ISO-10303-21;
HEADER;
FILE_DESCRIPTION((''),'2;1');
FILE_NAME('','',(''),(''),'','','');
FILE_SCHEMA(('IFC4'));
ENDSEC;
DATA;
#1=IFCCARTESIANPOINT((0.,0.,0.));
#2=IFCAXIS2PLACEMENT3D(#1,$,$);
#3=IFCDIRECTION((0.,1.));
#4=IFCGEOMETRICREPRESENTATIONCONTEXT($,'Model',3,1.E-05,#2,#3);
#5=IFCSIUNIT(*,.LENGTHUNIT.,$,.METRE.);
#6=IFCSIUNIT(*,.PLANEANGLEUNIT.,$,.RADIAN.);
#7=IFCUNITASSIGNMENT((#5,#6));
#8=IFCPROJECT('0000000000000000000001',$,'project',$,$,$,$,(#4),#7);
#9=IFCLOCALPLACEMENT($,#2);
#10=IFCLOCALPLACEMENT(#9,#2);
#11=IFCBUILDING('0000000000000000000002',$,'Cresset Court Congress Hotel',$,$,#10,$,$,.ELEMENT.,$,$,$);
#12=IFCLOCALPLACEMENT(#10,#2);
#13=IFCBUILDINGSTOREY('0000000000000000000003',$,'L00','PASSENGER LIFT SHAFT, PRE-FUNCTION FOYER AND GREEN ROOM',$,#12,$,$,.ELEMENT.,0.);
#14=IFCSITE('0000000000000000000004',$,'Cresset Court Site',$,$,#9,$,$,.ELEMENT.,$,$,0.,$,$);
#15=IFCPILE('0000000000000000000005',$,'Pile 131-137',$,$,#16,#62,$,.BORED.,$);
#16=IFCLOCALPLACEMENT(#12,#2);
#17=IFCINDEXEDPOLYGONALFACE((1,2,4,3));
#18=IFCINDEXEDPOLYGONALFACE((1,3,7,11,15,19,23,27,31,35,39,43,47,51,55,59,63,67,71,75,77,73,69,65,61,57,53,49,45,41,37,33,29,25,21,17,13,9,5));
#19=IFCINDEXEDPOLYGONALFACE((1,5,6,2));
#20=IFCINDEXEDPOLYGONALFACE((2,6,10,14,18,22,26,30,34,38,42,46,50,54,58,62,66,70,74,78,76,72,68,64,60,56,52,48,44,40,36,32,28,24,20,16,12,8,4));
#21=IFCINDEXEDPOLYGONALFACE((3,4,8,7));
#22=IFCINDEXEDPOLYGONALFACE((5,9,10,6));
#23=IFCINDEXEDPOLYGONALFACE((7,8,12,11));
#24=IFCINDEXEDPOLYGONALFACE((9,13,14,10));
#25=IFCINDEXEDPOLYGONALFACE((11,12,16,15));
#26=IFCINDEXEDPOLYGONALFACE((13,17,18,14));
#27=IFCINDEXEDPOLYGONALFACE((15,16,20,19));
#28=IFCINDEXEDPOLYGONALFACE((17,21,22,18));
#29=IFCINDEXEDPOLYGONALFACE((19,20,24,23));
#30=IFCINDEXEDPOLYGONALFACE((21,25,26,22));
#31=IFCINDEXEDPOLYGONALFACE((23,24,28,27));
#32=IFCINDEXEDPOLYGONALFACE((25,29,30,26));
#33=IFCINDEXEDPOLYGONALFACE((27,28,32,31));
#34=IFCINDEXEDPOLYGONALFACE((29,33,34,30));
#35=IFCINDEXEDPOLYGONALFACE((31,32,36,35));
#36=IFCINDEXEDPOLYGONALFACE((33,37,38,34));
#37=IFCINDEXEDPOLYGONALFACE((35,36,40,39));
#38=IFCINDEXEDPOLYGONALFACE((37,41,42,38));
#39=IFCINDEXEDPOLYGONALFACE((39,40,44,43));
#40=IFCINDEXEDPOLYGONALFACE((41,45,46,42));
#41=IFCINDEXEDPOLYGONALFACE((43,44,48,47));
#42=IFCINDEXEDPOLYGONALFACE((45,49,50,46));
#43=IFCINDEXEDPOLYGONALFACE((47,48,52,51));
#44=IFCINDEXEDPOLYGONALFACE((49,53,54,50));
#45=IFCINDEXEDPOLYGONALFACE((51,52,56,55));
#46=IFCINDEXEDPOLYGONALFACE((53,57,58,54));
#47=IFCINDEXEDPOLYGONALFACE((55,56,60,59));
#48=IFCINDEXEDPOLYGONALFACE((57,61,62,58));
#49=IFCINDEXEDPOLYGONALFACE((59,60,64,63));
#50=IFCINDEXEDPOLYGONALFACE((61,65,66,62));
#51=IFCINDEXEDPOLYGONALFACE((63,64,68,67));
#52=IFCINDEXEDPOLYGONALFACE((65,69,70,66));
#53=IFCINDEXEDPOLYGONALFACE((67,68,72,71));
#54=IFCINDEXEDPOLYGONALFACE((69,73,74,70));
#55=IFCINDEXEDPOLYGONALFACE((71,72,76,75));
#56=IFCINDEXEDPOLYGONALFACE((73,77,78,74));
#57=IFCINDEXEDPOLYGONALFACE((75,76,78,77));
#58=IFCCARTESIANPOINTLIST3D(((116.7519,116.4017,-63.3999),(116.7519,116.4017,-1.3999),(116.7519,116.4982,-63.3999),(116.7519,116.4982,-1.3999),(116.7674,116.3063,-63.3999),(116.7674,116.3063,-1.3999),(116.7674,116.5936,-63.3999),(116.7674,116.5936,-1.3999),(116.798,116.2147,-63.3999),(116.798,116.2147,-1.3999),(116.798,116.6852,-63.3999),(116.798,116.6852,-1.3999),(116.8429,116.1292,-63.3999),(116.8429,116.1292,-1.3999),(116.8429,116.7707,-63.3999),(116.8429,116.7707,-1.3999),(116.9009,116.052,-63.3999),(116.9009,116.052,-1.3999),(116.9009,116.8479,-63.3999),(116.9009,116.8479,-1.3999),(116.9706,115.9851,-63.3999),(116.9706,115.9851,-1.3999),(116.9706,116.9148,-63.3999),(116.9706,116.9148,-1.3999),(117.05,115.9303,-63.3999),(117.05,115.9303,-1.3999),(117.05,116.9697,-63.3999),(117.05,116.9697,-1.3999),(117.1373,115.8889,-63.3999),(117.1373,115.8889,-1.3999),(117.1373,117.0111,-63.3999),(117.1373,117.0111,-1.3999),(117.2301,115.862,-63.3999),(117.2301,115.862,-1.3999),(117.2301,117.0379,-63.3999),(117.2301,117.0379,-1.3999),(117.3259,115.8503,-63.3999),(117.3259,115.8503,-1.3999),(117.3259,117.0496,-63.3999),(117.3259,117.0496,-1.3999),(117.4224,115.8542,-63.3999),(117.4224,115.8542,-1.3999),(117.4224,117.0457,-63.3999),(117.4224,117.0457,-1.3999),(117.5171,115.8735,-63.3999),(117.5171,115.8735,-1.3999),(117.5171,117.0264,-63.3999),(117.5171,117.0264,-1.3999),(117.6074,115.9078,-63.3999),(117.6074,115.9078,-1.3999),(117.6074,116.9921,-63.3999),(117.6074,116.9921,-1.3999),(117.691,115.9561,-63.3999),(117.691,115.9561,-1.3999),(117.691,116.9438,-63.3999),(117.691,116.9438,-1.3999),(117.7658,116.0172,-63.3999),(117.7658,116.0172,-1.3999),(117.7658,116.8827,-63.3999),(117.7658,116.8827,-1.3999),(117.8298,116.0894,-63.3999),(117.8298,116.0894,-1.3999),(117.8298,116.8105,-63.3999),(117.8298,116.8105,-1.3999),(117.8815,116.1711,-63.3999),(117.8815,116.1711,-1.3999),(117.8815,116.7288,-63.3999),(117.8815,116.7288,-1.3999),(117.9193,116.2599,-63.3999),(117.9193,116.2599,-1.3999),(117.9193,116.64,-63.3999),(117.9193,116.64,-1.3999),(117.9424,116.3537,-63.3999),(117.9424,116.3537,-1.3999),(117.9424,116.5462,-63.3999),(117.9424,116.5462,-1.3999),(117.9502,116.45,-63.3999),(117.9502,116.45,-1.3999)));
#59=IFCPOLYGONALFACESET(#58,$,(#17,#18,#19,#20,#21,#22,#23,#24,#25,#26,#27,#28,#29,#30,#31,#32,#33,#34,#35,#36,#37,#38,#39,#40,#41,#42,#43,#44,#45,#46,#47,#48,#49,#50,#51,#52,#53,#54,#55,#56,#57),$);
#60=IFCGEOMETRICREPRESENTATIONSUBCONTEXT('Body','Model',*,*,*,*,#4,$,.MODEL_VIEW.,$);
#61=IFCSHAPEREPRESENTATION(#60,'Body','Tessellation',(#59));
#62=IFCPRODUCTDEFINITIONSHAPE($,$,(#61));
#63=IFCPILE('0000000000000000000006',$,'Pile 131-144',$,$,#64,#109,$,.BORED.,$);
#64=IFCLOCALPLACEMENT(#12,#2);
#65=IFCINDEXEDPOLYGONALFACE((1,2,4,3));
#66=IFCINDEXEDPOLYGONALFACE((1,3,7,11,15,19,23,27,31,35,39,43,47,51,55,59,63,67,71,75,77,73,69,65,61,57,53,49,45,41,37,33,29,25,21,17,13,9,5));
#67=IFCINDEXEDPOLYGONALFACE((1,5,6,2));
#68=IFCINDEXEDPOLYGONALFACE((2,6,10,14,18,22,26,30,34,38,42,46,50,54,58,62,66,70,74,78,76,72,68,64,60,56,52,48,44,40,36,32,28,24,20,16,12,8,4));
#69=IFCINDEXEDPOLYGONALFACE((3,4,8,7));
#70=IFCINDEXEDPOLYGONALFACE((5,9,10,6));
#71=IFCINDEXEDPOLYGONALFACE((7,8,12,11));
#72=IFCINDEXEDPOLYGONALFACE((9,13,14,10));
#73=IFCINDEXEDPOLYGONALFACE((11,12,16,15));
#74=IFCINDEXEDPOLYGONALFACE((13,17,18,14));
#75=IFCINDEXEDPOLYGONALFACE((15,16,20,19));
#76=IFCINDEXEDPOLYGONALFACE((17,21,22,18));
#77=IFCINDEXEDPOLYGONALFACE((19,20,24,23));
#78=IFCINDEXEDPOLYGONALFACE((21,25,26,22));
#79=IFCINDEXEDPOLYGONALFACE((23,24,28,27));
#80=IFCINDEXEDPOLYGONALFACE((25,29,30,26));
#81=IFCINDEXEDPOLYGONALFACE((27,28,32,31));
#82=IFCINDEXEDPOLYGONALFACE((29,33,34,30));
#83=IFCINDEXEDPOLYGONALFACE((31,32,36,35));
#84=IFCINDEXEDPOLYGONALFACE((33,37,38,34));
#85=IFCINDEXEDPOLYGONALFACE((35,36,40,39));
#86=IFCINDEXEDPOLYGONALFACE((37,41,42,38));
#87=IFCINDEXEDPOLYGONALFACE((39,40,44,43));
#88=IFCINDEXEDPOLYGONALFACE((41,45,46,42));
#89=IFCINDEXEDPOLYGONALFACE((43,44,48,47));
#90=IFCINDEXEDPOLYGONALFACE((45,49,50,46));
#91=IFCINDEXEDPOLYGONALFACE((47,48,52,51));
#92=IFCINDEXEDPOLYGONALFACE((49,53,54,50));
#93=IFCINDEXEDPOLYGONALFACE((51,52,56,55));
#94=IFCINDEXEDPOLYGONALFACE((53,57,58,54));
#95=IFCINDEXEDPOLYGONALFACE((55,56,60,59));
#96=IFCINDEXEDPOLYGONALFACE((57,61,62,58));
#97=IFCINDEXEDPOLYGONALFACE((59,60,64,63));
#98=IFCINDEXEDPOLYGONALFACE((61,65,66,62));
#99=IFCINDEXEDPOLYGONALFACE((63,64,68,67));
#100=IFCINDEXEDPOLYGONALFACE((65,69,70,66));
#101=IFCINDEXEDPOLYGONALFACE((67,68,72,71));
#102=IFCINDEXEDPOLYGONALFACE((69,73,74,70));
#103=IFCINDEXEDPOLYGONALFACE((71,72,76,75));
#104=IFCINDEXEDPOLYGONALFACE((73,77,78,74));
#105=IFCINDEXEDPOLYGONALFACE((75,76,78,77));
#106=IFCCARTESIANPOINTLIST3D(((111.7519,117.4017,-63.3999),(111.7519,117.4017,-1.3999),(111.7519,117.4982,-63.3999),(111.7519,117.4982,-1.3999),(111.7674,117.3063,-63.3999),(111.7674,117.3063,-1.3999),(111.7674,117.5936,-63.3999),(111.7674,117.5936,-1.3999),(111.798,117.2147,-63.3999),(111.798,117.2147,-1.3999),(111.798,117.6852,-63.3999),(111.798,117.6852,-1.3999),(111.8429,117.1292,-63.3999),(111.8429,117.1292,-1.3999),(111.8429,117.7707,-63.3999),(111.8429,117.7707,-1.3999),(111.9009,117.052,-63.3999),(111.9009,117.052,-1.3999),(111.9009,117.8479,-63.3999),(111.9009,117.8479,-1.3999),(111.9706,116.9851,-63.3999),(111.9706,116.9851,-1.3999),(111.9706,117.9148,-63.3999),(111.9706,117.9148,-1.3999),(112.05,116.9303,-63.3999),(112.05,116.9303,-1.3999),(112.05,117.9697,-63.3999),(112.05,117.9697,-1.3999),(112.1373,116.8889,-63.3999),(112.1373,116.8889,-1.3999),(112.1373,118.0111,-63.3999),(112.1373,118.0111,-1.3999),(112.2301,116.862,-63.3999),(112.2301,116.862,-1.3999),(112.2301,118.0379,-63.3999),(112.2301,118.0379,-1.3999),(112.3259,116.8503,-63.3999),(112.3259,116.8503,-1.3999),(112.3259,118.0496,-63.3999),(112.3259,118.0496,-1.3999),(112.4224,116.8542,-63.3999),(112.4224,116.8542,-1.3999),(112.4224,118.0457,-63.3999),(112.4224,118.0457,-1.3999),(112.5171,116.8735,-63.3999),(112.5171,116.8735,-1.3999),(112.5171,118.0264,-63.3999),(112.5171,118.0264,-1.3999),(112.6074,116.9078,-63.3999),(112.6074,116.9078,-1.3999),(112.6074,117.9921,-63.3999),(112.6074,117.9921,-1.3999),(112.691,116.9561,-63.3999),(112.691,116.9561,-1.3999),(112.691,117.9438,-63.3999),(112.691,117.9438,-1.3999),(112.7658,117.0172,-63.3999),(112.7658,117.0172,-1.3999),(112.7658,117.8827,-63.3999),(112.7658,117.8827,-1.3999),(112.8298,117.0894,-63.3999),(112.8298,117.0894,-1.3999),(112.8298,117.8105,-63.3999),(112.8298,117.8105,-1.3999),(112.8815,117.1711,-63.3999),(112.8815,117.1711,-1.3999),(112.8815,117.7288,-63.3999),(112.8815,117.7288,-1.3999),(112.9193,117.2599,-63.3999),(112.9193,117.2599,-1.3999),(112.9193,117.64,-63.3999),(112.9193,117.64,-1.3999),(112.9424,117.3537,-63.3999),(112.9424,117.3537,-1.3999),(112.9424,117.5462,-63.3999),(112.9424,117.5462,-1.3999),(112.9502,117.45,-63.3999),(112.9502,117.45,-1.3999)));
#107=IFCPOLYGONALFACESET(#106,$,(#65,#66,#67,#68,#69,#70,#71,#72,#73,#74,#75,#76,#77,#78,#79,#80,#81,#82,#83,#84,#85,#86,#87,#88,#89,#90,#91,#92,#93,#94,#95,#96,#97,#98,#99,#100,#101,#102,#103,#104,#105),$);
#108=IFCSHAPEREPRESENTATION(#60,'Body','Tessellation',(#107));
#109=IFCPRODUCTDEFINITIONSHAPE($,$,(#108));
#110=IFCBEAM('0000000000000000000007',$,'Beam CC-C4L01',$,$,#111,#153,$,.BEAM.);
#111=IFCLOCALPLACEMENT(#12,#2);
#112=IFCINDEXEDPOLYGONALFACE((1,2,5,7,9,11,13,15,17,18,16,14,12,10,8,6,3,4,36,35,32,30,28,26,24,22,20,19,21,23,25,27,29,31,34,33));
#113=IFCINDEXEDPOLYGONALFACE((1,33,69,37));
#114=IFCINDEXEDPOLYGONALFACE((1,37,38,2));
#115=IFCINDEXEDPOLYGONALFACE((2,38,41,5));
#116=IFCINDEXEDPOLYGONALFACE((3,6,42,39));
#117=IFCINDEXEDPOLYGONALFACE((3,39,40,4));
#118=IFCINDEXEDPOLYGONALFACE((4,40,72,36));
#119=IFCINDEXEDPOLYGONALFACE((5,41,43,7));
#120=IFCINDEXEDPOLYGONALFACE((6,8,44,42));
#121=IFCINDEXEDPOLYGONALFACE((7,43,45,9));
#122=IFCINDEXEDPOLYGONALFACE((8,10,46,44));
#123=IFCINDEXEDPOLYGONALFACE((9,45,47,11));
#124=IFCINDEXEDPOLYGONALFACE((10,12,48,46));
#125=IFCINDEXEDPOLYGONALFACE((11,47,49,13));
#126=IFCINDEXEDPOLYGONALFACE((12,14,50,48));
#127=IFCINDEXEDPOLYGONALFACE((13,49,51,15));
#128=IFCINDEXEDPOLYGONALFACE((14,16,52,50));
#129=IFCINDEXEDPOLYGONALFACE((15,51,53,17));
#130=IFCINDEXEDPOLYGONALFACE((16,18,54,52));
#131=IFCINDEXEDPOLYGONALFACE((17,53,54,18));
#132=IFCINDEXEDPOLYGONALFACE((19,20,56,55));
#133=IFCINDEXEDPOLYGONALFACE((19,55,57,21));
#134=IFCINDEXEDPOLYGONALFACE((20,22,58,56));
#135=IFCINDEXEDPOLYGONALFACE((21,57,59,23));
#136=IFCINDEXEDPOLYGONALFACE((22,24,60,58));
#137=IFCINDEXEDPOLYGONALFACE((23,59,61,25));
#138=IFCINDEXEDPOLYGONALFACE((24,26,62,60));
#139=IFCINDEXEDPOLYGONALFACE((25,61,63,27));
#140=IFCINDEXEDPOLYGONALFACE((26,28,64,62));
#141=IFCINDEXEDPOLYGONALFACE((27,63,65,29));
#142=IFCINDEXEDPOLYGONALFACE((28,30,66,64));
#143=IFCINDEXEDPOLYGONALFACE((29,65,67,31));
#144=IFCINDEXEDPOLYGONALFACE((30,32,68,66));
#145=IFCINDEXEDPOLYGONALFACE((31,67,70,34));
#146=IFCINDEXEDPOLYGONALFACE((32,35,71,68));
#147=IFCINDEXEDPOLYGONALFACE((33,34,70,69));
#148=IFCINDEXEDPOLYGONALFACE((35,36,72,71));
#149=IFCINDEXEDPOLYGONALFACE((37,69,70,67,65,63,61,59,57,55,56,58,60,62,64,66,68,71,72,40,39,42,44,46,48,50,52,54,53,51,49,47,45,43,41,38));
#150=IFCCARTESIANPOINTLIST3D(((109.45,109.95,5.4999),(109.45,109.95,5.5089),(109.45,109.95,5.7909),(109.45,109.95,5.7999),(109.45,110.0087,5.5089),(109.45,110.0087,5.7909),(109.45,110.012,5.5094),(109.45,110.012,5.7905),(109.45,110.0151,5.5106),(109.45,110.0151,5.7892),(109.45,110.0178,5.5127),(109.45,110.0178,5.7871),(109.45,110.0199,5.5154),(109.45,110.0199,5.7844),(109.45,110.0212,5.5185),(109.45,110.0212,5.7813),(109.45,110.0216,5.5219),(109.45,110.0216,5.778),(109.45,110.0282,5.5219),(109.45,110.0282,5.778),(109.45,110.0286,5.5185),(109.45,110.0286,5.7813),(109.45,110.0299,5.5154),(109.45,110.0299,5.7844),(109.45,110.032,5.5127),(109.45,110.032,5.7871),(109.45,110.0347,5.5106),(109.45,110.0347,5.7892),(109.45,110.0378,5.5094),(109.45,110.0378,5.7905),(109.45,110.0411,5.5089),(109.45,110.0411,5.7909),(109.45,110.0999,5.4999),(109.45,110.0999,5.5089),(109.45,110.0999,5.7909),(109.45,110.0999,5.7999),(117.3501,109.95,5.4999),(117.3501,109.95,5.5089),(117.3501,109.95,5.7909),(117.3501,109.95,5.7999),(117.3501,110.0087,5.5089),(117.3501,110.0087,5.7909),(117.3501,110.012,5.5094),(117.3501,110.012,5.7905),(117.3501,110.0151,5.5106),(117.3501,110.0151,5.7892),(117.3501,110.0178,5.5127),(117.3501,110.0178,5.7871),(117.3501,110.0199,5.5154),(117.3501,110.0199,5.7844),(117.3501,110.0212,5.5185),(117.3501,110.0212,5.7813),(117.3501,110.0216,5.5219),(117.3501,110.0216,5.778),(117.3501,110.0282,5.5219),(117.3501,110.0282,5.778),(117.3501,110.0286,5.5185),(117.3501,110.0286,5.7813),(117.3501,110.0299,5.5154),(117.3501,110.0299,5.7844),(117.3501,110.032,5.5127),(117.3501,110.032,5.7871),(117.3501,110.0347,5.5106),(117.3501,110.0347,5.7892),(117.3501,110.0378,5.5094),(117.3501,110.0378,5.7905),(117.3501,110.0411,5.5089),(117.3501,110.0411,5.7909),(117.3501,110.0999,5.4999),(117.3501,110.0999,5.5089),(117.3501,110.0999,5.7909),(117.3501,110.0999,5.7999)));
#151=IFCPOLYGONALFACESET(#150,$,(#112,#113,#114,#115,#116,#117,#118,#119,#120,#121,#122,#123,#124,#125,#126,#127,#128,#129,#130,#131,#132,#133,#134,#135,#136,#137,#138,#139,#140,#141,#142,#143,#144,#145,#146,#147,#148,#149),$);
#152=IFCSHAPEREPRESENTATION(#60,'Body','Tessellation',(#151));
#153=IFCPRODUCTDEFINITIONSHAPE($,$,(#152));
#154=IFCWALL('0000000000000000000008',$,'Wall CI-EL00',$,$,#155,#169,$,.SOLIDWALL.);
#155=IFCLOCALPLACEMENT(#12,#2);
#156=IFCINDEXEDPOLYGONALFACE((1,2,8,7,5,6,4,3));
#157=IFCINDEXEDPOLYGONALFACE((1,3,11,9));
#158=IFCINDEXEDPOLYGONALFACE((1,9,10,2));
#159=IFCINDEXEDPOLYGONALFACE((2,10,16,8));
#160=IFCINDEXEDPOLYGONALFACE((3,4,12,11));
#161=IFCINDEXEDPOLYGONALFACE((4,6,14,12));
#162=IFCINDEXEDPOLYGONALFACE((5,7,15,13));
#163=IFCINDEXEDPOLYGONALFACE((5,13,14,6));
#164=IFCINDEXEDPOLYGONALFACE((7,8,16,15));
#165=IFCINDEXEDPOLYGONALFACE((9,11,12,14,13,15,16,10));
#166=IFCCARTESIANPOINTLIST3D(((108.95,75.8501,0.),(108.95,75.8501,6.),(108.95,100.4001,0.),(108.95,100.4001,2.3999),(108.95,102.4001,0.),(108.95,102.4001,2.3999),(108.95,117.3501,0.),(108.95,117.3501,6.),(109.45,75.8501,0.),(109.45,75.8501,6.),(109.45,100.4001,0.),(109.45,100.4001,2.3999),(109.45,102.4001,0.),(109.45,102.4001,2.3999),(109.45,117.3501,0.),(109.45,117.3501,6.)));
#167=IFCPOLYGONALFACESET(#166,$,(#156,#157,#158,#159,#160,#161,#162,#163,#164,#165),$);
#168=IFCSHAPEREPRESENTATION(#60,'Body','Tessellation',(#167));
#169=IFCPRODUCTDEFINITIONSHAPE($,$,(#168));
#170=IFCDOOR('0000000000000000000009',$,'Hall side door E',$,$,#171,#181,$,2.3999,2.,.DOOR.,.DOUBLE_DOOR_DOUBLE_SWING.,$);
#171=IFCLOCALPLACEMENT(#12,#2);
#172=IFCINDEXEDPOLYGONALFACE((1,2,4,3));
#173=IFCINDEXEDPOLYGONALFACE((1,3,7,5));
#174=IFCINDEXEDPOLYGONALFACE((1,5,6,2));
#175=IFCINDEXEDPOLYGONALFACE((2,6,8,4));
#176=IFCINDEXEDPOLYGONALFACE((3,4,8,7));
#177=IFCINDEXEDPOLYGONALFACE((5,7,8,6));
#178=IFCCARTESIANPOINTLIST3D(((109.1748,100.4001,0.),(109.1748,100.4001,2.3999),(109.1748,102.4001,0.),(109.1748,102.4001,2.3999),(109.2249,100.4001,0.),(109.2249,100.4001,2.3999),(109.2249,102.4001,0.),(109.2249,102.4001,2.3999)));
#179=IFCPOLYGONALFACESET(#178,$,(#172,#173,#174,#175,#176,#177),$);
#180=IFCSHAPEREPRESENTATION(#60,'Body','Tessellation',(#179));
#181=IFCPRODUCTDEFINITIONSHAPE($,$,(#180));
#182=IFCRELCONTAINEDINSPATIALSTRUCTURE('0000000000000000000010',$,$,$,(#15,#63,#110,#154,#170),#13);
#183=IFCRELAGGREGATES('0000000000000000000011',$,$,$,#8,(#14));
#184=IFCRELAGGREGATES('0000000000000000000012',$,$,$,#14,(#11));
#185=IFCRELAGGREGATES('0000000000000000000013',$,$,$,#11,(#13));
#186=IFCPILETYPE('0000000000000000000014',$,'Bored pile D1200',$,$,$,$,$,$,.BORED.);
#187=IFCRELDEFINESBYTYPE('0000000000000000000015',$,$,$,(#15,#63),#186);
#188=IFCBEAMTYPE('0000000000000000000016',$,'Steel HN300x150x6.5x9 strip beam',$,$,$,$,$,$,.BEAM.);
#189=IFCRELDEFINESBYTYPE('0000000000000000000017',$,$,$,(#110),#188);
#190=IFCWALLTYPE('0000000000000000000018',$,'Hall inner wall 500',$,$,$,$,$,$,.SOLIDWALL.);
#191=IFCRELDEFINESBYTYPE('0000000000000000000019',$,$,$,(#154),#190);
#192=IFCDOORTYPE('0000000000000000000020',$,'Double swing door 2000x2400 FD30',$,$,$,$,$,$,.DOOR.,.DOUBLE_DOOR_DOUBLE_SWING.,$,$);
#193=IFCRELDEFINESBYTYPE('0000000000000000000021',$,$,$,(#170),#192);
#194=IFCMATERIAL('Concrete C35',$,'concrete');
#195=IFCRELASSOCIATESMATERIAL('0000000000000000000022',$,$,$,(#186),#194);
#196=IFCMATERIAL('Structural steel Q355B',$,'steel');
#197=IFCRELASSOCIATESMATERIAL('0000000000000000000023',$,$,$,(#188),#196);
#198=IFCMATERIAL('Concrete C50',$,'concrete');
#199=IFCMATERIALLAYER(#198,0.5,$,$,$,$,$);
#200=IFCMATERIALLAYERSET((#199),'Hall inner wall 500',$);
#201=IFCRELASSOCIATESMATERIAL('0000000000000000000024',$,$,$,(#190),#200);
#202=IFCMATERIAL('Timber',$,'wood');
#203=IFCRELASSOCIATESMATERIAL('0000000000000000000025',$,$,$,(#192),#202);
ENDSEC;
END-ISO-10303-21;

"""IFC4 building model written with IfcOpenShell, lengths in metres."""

from ifc_helpers import new_model, si_unit, direction, frame, frame_2d, origin, origin_2d, place, context, subcontext, project, spatial, rectangle, circle, i_section, extrude, material, layer, layer_set, material_profile, profile_set, type_object, element, fill, save


model = new_model("IFC4")

# Units and contexts
model_context = context("Model", 3, precision=1e-05, world=origin(), true_north=direction((0.0, 1.0)))
body_context = subcontext(model_context, "Body", "Model", "MODEL_VIEW")
ifc_project = project(units=[si_unit("LENGTHUNIT", "METRE"), si_unit("PLANEANGLEUNIT", "RADIAN")], contexts=[model_context])

# Site, building, storey
site_placement = place(None, origin())
site = spatial("IfcSite", under=ifc_project, at=site_placement, Name="Cresset Court Site", CompositionType="ELEMENT", RefElevation=0.0)
building_placement = place(site_placement, origin())
building = spatial("IfcBuilding", under=site, at=building_placement, Name="Cresset Court Congress Hotel", CompositionType="ELEMENT")
storey_placement = place(building_placement, origin())
storey = spatial("IfcBuildingStorey", under=building, at=storey_placement, Name="L00", Description="PASSENGER LIFT SHAFT, PRE-FUNCTION FOYER AND GREEN ROOM", CompositionType="ELEMENT", Elevation=0.0)

# Piles
ifc_material_1 = material(Name="Concrete C35", Category="concrete")
pile_type = type_object("IfcPileType", Name="Bored pile D1200", PredefinedType="BORED", material=ifc_material_1)
for number, where, z_axis, x_axis, name in (
    (1, (117.3501, 116.45, -1.3999), (0.0, 0.0, -1.0), (1.0, 0.0, 0.0), "Pile 131-137"),
    (2, (112.3501, 117.45, -1.3999), (0.0, 0.0, -1.0), (1.0, 0.0, 0.0), "Pile 131-144"),
):
    element("IfcPile", number, at=place(storey_placement, frame(where, z_axis=z_axis, x_axis=x_axis)), inside=storey, type_object=pile_type, Name=name, PredefinedType="BORED", context=body_context, shape_type="SweptSolid", body=[
        extrude(circle(Radius=0.6001, at=origin_2d()), origin(), (0.0, 0.0, 1.0), 62.0),
    ])

# Beam
ifc_material_2 = material(Name="Structural steel Q355B", Category="steel")
ifc_material_profile = material_profile(ifc_material_2, i_section(OverallWidth=0.1499, OverallDepth=0.3, WebThickness=0.0066, FlangeThickness=0.009, FilletRadius=0.0129, at=origin_2d()), Name="HN300x150x6.5x9")
ifc_profile_set = profile_set([ifc_material_profile], Name="Structural steel Q355B")
beam_type = type_object("IfcBeamType", Name="Steel HN300x150x6.5x9 strip beam", PredefinedType="BEAM", material=ifc_profile_set)
beam_placement = place(storey_placement, frame((109.45, 110.0249, 5.6499), z_axis=(1.0, 0.0, 0.0), x_axis=(0.0, 1.0, 0.0)))
element("IfcBeam", 3, at=beam_placement, inside=storey, type_object=beam_type, Name="Beam CC-C4L01", PredefinedType="BEAM", context=body_context, shape_type="SweptSolid", body=[
    extrude(i_section(OverallWidth=0.1499, OverallDepth=0.3, WebThickness=0.0066, FlangeThickness=0.009, FilletRadius=0.0129, at=origin_2d()), origin(), (0.0, 0.0, 1.0), 7.9001),
])

# Wall, opening, door
ifc_material_3 = material(Name="Concrete C50", Category="concrete")
ifc_layer_1 = layer(ifc_material_3, 0.5)
ifc_layer_set_1 = layer_set([ifc_layer_1], Name="Hall inner wall 500")
wall_type_1 = type_object("IfcWallType", Name="Hall inner wall 500", PredefinedType="SOLIDWALL", material=ifc_layer_set_1)
wall_1_placement = place(storey_placement, frame((109.2, 117.3501, 0.0), z_axis=(0.0, 0.0, 1.0), x_axis=(0.0, -1.0, 0.0)))
wall_1 = element("IfcWall", 4, at=wall_1_placement, inside=storey, type_object=wall_type_1, Name="Wall CI-EL00", PredefinedType="SOLIDWALL", context=body_context, shape_type="SweptSolid", body=[
    extrude(rectangle(XDim=41.5, YDim=0.5, at=frame_2d((20.75, 0.0))), origin(), (0.0, 0.0, 1.0), 6.0),
])
opening_1_placement = place(wall_1_placement, frame((14.95, 0.0, 0.0)))
opening_1 = element("IfcOpeningElement", 5, at=opening_1_placement, cuts=wall_1, PredefinedType="OPENING", context=body_context, shape_type="SweptSolid", body=[
    extrude(rectangle(XDim=2.0, YDim=2.3999, at=frame_2d((1.0, 1.2))), frame((0.0, 0.26, 0.0), z_axis=(0.0, -1.0, 0.0), x_axis=(1.0, 0.0, 0.0)), (0.0, 0.0, 1.0), 0.52),
])
ifc_material_4 = material(Name="Timber", Category="wood")
door_type_1 = type_object("IfcDoorType", Name="Double swing door 2000x2400 FD30", OperationType="DOUBLE_DOOR_DOUBLE_SWING", PredefinedType="DOOR", material=ifc_material_4)
door_1_placement = place(opening_1_placement, origin())
door_1 = element("IfcDoor", 6, at=door_1_placement, inside=storey, type_object=door_type_1, Name="Hall side door E", OperationType="DOUBLE_DOOR_DOUBLE_SWING", OverallHeight=2.3999, OverallWidth=2.0, PredefinedType="DOOR", context=body_context, shape_type="SweptSolid", body=[
    extrude(rectangle(XDim=2.0, YDim=2.3999, at=frame_2d((1.0, 1.2))), frame((0.0, 0.0249, 0.0), z_axis=(0.0, -1.0, 0.0), x_axis=(1.0, 0.0, 0.0)), (0.0, 0.0, 1.0), 0.05),
])
fill(opening_1, door_1)

save(model, "model.ifc")
